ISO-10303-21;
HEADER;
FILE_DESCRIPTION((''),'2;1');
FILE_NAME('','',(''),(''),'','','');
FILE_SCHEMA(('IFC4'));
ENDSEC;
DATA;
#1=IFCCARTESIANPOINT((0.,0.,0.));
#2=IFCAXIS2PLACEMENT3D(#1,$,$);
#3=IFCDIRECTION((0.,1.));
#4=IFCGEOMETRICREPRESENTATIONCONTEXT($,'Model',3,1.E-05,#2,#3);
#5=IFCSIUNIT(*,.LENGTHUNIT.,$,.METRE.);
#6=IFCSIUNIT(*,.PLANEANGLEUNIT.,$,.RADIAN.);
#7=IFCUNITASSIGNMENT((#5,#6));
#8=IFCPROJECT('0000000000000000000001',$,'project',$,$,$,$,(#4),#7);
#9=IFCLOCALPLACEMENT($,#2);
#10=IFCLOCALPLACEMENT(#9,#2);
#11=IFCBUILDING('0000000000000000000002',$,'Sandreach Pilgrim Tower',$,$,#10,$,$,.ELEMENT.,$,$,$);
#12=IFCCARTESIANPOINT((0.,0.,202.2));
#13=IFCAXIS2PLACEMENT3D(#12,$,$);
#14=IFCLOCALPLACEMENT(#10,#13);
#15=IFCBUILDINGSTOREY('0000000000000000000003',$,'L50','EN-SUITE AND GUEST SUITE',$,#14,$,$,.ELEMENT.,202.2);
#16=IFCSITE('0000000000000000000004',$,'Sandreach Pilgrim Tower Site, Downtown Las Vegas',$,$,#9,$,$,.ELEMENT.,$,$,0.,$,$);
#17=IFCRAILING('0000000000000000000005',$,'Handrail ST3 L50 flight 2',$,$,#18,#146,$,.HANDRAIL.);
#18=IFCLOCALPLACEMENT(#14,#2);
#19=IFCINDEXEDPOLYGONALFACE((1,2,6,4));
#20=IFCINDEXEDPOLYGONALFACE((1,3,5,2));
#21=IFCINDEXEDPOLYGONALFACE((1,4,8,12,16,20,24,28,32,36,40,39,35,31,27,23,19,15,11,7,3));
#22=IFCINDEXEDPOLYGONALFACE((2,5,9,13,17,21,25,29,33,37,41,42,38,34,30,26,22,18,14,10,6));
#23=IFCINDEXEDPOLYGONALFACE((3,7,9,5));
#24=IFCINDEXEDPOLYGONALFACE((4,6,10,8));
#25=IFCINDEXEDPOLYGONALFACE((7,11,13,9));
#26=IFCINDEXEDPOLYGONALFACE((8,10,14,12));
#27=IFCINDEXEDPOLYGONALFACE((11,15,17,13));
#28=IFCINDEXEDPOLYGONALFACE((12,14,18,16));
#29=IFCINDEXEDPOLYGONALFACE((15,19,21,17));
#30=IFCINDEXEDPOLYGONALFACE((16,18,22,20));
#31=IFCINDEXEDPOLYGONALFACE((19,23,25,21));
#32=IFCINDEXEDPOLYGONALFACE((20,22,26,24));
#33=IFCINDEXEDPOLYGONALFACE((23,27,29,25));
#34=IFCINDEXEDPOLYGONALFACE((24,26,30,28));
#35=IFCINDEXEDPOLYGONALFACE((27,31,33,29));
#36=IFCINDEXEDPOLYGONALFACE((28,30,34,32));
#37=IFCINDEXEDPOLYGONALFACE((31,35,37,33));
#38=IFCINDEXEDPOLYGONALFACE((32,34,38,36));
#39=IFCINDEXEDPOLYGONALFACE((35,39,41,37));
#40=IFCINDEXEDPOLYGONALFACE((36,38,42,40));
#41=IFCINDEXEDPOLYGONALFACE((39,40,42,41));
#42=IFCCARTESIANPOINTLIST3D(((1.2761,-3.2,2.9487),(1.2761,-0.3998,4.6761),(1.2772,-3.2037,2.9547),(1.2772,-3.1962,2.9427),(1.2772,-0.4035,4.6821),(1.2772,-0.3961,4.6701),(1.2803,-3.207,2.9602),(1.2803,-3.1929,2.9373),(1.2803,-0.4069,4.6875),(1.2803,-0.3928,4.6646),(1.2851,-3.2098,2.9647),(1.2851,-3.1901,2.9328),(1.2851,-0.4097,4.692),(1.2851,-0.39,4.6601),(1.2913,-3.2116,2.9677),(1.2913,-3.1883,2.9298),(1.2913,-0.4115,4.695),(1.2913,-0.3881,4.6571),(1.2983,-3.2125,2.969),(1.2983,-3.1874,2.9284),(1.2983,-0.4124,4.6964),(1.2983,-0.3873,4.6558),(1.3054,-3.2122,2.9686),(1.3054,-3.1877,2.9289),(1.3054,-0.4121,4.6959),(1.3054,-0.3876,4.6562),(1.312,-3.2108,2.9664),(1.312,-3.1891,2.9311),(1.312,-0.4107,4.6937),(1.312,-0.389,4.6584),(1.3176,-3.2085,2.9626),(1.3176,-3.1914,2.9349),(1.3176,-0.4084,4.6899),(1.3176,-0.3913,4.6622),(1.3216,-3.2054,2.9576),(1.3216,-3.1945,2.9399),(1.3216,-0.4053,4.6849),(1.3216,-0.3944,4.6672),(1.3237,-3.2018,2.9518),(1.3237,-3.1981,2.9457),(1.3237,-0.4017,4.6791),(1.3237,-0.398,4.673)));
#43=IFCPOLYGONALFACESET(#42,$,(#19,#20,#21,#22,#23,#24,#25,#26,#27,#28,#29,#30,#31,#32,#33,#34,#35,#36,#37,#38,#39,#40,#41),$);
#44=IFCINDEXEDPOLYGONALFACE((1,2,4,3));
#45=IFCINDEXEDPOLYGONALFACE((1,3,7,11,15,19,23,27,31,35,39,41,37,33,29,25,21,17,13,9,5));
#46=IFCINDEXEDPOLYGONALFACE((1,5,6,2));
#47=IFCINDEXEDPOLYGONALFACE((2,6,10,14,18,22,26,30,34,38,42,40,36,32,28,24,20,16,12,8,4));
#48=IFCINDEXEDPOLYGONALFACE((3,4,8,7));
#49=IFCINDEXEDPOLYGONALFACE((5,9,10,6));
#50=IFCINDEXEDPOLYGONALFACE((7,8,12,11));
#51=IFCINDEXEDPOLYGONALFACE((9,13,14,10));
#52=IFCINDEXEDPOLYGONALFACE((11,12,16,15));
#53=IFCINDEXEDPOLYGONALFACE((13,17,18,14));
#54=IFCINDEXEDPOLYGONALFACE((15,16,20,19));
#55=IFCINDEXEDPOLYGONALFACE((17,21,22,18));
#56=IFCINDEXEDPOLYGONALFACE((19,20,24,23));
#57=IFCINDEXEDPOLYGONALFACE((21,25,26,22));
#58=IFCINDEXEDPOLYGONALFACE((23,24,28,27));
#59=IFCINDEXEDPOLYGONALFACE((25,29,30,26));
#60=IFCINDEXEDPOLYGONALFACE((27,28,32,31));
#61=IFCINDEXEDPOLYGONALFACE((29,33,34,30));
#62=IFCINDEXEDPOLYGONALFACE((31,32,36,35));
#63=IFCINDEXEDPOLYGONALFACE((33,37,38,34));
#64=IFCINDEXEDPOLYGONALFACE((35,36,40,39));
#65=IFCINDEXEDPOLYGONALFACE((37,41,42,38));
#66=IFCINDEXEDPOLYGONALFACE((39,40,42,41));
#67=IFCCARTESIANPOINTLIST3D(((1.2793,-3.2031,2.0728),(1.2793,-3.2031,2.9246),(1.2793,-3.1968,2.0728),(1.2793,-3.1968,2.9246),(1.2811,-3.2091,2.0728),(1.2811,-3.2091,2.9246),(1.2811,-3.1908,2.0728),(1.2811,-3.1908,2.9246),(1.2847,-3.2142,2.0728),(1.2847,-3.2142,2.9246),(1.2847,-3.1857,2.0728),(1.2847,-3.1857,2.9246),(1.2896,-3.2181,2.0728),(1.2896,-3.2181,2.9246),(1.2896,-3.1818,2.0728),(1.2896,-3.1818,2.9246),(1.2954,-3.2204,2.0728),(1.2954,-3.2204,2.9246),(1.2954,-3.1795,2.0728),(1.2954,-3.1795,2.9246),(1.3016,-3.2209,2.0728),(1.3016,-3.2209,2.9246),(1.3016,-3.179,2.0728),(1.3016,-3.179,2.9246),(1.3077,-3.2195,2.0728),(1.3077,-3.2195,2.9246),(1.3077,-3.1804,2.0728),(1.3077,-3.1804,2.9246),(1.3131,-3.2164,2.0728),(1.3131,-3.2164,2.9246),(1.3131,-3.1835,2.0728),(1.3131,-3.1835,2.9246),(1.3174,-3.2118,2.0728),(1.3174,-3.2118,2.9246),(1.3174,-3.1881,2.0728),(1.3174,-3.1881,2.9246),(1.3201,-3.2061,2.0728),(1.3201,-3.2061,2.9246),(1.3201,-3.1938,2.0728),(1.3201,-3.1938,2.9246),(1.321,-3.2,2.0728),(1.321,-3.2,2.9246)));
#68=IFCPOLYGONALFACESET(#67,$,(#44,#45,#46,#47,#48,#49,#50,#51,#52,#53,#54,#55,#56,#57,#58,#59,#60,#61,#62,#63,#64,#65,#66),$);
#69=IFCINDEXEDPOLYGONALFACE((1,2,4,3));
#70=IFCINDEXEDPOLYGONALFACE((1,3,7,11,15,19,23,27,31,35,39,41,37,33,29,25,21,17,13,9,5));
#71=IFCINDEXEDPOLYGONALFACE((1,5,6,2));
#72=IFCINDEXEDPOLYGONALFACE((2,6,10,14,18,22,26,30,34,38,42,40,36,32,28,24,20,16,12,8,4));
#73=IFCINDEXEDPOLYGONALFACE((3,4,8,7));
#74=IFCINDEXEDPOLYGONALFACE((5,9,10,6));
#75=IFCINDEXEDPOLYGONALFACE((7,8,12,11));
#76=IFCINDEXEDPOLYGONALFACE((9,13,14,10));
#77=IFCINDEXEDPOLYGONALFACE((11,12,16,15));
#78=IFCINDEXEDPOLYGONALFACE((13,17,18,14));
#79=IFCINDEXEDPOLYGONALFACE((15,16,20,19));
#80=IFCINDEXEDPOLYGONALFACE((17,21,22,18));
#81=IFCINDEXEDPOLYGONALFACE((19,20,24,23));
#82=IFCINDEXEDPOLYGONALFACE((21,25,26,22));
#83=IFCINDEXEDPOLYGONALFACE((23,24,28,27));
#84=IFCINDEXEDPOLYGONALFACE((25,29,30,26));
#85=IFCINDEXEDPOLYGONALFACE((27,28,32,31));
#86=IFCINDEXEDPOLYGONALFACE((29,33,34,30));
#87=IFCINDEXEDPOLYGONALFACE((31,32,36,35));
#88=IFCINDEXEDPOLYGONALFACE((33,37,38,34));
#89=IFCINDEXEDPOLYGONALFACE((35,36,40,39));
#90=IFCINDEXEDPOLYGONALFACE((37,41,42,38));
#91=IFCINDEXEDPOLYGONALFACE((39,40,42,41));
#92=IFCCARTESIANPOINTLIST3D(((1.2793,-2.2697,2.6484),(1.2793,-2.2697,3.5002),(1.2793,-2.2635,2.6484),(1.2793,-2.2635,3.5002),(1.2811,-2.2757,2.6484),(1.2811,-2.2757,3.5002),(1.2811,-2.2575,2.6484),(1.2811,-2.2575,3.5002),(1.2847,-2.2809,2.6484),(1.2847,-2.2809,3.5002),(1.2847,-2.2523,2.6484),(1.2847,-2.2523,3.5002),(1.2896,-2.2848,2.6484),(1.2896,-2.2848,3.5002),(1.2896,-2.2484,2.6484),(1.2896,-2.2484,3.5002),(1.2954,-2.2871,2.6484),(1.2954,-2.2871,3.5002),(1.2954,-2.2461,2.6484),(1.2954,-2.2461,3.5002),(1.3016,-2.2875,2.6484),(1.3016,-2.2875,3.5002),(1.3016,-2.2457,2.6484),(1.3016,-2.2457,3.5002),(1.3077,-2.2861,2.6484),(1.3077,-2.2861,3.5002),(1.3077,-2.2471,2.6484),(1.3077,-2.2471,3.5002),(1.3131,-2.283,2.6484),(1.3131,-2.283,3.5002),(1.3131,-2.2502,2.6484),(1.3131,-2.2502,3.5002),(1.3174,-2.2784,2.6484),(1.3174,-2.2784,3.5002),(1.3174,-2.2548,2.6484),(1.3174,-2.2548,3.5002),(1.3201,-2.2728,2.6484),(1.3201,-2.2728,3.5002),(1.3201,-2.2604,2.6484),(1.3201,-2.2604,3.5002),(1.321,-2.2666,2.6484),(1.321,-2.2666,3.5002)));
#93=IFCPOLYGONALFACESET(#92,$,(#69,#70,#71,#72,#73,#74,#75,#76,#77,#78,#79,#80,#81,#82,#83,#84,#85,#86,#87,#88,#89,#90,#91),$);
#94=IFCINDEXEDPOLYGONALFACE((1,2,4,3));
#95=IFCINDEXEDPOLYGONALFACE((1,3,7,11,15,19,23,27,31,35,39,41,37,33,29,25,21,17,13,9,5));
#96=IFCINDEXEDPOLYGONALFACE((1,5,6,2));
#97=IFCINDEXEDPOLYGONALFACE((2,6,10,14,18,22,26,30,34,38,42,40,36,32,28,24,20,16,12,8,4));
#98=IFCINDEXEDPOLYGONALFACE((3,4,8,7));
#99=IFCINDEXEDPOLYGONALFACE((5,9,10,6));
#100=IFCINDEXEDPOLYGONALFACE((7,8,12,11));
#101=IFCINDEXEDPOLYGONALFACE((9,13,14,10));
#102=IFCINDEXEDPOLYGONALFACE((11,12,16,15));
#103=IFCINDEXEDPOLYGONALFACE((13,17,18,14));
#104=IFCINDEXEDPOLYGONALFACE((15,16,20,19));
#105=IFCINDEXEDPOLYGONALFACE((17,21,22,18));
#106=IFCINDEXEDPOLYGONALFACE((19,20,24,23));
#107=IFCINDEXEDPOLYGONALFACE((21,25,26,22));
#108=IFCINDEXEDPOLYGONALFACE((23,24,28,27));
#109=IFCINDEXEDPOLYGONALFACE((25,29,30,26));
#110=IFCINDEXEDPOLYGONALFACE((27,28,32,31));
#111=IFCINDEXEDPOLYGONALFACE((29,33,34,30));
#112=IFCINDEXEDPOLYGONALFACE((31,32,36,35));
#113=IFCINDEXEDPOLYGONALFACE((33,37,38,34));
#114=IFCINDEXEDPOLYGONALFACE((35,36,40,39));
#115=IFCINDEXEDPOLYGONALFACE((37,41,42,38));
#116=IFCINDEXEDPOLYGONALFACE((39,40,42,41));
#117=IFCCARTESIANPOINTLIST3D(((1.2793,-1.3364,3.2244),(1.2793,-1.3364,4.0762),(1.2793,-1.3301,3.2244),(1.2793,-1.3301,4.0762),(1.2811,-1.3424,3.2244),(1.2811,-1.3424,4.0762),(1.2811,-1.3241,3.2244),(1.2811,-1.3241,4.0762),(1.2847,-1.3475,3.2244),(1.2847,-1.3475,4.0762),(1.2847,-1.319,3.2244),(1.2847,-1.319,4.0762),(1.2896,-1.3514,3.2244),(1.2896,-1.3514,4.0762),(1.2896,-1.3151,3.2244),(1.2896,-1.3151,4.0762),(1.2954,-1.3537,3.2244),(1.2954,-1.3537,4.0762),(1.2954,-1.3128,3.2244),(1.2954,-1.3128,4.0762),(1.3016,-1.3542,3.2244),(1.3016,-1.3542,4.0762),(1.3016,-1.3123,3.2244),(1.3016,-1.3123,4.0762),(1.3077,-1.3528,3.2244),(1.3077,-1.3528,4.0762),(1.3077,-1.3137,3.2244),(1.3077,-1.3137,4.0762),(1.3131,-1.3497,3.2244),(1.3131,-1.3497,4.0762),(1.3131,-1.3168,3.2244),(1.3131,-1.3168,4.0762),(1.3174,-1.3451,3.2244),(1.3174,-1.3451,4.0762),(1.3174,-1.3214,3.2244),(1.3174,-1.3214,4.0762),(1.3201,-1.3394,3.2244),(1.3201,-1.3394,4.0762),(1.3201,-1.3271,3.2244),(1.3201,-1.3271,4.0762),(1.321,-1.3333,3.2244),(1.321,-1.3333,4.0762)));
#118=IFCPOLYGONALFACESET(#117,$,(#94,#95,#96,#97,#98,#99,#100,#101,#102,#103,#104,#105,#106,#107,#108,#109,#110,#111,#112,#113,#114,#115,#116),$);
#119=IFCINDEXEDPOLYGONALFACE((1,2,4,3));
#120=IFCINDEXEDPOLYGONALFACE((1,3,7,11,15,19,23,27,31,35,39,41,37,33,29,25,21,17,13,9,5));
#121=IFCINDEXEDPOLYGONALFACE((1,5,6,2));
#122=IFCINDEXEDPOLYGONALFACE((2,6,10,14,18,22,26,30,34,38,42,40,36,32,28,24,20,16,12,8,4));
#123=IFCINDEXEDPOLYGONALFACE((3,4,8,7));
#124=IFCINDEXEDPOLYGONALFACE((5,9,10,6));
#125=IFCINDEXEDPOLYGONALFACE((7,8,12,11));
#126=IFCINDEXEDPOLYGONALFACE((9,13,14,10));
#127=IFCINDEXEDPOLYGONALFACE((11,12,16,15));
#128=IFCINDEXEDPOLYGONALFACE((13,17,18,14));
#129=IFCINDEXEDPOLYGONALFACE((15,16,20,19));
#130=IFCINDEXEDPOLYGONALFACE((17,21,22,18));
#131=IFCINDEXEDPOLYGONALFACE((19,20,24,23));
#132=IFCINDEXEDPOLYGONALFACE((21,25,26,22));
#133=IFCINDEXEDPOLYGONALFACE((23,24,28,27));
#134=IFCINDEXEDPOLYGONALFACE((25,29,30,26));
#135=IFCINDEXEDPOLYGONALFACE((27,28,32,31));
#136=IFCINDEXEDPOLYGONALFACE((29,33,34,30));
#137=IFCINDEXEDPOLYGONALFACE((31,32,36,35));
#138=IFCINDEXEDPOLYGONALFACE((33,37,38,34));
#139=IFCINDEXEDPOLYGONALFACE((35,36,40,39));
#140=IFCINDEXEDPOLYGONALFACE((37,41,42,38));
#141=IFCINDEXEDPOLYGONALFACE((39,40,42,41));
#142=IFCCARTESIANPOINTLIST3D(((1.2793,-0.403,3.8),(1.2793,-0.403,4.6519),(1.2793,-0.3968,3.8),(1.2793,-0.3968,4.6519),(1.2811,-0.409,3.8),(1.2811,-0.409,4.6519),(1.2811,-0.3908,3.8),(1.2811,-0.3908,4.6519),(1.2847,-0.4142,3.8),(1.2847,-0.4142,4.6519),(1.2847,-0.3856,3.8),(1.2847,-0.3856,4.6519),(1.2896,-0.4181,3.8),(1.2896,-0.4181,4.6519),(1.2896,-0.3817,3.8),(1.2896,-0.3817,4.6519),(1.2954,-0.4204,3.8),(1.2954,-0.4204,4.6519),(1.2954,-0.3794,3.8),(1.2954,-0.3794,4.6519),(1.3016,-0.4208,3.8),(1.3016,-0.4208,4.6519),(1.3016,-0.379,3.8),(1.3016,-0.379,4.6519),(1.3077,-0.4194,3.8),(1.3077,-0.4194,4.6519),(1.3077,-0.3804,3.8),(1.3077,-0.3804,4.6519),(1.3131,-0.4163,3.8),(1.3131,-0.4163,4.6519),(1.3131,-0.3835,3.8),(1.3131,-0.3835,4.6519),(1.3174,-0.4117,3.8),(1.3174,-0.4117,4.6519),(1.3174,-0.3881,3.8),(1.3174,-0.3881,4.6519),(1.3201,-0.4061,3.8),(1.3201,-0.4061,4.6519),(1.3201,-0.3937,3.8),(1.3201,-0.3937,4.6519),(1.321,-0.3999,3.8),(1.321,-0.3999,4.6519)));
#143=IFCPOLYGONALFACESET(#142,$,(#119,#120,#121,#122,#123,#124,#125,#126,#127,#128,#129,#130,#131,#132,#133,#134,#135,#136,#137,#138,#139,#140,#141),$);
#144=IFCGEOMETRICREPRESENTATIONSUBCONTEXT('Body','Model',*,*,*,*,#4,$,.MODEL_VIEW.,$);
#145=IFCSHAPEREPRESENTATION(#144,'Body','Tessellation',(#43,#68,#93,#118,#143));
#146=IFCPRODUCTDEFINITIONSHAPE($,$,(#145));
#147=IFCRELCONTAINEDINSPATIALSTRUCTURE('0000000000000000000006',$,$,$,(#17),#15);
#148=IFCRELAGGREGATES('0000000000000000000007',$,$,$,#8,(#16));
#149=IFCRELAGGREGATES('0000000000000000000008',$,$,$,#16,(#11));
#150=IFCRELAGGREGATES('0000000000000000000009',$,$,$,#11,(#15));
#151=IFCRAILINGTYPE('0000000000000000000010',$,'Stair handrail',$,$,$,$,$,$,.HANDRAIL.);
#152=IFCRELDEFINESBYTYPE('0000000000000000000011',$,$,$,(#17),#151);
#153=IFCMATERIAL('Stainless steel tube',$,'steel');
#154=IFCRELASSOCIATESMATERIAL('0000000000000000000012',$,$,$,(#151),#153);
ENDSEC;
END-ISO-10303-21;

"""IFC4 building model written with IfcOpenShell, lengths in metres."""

from ifc_helpers import new_model, si_unit, direction, frame, origin, origin_2d, place, context, subcontext, project, spatial, circle, extrude, material, type_object, element, save


model = new_model("IFC4")

# Units and contexts
model_context = context("Model", 3, precision=1e-05, world=origin(), true_north=direction((0.0, 1.0)))
body_context = subcontext(model_context, "Body", "Model", "MODEL_VIEW")
ifc_project = project(units=[si_unit("LENGTHUNIT", "METRE"), si_unit("PLANEANGLEUNIT", "RADIAN")], contexts=[model_context])

# Site, building, storey
site_placement = place(None, origin())
site = spatial("IfcSite", under=ifc_project, at=site_placement, Name="Sandreach Pilgrim Tower Site, Downtown Las Vegas", CompositionType="ELEMENT", RefElevation=0.0)
building_placement = place(site_placement, origin())
building = spatial("IfcBuilding", under=site, at=building_placement, Name="Sandreach Pilgrim Tower", CompositionType="ELEMENT")
storey_placement = place(building_placement, frame((0.0, 0.0, 202.2)))
storey = spatial("IfcBuildingStorey", under=building, at=storey_placement, Name="L50", Description="EN-SUITE AND GUEST SUITE", CompositionType="ELEMENT", Elevation=202.2)

# Railing
ifc_material_1 = material(Name="Stainless steel tube", Category="steel")
railing_type = type_object("IfcRailingType", Name="Stair handrail", PredefinedType="HANDRAIL", material=ifc_material_1)
for number, where, name in (
    (1, (1.3, -3.2, 2.0728), "Handrail ST3 L50 flight 2"),
):
    element("IfcRailing", number, at=place(storey_placement, frame(where)), inside=storey, type_object=railing_type, Name=name, PredefinedType="HANDRAIL", context=body_context, shape_type="SweptSolid", body=[
        extrude(circle(Radius=0.0239, at=origin_2d()), frame((0.0, 0.0, 0.876), z_axis=(0.0, 0.85109, 0.52502), x_axis=(-1.0, 0.0, 0.0)), (0.0, 0.0, 1.0), 3.29),
        extrude(circle(Radius=0.021, at=origin_2d()), origin(), (0.0, 0.0, 1.0), 0.8518),
        extrude(circle(Radius=0.021, at=origin_2d()), frame((0.0, 0.9333, 0.5757)), (0.0, 0.0, 1.0), 0.8518),
        extrude(circle(Radius=0.021, at=origin_2d()), frame((0.0, 1.8667, 1.1516)), (0.0, 0.0, 1.0), 0.8518),
        extrude(circle(Radius=0.021, at=origin_2d()), frame((0.0, 2.8, 1.7273)), (0.0, 0.0, 1.0), 0.8518),
    ])

save(model, "model.ifc")
